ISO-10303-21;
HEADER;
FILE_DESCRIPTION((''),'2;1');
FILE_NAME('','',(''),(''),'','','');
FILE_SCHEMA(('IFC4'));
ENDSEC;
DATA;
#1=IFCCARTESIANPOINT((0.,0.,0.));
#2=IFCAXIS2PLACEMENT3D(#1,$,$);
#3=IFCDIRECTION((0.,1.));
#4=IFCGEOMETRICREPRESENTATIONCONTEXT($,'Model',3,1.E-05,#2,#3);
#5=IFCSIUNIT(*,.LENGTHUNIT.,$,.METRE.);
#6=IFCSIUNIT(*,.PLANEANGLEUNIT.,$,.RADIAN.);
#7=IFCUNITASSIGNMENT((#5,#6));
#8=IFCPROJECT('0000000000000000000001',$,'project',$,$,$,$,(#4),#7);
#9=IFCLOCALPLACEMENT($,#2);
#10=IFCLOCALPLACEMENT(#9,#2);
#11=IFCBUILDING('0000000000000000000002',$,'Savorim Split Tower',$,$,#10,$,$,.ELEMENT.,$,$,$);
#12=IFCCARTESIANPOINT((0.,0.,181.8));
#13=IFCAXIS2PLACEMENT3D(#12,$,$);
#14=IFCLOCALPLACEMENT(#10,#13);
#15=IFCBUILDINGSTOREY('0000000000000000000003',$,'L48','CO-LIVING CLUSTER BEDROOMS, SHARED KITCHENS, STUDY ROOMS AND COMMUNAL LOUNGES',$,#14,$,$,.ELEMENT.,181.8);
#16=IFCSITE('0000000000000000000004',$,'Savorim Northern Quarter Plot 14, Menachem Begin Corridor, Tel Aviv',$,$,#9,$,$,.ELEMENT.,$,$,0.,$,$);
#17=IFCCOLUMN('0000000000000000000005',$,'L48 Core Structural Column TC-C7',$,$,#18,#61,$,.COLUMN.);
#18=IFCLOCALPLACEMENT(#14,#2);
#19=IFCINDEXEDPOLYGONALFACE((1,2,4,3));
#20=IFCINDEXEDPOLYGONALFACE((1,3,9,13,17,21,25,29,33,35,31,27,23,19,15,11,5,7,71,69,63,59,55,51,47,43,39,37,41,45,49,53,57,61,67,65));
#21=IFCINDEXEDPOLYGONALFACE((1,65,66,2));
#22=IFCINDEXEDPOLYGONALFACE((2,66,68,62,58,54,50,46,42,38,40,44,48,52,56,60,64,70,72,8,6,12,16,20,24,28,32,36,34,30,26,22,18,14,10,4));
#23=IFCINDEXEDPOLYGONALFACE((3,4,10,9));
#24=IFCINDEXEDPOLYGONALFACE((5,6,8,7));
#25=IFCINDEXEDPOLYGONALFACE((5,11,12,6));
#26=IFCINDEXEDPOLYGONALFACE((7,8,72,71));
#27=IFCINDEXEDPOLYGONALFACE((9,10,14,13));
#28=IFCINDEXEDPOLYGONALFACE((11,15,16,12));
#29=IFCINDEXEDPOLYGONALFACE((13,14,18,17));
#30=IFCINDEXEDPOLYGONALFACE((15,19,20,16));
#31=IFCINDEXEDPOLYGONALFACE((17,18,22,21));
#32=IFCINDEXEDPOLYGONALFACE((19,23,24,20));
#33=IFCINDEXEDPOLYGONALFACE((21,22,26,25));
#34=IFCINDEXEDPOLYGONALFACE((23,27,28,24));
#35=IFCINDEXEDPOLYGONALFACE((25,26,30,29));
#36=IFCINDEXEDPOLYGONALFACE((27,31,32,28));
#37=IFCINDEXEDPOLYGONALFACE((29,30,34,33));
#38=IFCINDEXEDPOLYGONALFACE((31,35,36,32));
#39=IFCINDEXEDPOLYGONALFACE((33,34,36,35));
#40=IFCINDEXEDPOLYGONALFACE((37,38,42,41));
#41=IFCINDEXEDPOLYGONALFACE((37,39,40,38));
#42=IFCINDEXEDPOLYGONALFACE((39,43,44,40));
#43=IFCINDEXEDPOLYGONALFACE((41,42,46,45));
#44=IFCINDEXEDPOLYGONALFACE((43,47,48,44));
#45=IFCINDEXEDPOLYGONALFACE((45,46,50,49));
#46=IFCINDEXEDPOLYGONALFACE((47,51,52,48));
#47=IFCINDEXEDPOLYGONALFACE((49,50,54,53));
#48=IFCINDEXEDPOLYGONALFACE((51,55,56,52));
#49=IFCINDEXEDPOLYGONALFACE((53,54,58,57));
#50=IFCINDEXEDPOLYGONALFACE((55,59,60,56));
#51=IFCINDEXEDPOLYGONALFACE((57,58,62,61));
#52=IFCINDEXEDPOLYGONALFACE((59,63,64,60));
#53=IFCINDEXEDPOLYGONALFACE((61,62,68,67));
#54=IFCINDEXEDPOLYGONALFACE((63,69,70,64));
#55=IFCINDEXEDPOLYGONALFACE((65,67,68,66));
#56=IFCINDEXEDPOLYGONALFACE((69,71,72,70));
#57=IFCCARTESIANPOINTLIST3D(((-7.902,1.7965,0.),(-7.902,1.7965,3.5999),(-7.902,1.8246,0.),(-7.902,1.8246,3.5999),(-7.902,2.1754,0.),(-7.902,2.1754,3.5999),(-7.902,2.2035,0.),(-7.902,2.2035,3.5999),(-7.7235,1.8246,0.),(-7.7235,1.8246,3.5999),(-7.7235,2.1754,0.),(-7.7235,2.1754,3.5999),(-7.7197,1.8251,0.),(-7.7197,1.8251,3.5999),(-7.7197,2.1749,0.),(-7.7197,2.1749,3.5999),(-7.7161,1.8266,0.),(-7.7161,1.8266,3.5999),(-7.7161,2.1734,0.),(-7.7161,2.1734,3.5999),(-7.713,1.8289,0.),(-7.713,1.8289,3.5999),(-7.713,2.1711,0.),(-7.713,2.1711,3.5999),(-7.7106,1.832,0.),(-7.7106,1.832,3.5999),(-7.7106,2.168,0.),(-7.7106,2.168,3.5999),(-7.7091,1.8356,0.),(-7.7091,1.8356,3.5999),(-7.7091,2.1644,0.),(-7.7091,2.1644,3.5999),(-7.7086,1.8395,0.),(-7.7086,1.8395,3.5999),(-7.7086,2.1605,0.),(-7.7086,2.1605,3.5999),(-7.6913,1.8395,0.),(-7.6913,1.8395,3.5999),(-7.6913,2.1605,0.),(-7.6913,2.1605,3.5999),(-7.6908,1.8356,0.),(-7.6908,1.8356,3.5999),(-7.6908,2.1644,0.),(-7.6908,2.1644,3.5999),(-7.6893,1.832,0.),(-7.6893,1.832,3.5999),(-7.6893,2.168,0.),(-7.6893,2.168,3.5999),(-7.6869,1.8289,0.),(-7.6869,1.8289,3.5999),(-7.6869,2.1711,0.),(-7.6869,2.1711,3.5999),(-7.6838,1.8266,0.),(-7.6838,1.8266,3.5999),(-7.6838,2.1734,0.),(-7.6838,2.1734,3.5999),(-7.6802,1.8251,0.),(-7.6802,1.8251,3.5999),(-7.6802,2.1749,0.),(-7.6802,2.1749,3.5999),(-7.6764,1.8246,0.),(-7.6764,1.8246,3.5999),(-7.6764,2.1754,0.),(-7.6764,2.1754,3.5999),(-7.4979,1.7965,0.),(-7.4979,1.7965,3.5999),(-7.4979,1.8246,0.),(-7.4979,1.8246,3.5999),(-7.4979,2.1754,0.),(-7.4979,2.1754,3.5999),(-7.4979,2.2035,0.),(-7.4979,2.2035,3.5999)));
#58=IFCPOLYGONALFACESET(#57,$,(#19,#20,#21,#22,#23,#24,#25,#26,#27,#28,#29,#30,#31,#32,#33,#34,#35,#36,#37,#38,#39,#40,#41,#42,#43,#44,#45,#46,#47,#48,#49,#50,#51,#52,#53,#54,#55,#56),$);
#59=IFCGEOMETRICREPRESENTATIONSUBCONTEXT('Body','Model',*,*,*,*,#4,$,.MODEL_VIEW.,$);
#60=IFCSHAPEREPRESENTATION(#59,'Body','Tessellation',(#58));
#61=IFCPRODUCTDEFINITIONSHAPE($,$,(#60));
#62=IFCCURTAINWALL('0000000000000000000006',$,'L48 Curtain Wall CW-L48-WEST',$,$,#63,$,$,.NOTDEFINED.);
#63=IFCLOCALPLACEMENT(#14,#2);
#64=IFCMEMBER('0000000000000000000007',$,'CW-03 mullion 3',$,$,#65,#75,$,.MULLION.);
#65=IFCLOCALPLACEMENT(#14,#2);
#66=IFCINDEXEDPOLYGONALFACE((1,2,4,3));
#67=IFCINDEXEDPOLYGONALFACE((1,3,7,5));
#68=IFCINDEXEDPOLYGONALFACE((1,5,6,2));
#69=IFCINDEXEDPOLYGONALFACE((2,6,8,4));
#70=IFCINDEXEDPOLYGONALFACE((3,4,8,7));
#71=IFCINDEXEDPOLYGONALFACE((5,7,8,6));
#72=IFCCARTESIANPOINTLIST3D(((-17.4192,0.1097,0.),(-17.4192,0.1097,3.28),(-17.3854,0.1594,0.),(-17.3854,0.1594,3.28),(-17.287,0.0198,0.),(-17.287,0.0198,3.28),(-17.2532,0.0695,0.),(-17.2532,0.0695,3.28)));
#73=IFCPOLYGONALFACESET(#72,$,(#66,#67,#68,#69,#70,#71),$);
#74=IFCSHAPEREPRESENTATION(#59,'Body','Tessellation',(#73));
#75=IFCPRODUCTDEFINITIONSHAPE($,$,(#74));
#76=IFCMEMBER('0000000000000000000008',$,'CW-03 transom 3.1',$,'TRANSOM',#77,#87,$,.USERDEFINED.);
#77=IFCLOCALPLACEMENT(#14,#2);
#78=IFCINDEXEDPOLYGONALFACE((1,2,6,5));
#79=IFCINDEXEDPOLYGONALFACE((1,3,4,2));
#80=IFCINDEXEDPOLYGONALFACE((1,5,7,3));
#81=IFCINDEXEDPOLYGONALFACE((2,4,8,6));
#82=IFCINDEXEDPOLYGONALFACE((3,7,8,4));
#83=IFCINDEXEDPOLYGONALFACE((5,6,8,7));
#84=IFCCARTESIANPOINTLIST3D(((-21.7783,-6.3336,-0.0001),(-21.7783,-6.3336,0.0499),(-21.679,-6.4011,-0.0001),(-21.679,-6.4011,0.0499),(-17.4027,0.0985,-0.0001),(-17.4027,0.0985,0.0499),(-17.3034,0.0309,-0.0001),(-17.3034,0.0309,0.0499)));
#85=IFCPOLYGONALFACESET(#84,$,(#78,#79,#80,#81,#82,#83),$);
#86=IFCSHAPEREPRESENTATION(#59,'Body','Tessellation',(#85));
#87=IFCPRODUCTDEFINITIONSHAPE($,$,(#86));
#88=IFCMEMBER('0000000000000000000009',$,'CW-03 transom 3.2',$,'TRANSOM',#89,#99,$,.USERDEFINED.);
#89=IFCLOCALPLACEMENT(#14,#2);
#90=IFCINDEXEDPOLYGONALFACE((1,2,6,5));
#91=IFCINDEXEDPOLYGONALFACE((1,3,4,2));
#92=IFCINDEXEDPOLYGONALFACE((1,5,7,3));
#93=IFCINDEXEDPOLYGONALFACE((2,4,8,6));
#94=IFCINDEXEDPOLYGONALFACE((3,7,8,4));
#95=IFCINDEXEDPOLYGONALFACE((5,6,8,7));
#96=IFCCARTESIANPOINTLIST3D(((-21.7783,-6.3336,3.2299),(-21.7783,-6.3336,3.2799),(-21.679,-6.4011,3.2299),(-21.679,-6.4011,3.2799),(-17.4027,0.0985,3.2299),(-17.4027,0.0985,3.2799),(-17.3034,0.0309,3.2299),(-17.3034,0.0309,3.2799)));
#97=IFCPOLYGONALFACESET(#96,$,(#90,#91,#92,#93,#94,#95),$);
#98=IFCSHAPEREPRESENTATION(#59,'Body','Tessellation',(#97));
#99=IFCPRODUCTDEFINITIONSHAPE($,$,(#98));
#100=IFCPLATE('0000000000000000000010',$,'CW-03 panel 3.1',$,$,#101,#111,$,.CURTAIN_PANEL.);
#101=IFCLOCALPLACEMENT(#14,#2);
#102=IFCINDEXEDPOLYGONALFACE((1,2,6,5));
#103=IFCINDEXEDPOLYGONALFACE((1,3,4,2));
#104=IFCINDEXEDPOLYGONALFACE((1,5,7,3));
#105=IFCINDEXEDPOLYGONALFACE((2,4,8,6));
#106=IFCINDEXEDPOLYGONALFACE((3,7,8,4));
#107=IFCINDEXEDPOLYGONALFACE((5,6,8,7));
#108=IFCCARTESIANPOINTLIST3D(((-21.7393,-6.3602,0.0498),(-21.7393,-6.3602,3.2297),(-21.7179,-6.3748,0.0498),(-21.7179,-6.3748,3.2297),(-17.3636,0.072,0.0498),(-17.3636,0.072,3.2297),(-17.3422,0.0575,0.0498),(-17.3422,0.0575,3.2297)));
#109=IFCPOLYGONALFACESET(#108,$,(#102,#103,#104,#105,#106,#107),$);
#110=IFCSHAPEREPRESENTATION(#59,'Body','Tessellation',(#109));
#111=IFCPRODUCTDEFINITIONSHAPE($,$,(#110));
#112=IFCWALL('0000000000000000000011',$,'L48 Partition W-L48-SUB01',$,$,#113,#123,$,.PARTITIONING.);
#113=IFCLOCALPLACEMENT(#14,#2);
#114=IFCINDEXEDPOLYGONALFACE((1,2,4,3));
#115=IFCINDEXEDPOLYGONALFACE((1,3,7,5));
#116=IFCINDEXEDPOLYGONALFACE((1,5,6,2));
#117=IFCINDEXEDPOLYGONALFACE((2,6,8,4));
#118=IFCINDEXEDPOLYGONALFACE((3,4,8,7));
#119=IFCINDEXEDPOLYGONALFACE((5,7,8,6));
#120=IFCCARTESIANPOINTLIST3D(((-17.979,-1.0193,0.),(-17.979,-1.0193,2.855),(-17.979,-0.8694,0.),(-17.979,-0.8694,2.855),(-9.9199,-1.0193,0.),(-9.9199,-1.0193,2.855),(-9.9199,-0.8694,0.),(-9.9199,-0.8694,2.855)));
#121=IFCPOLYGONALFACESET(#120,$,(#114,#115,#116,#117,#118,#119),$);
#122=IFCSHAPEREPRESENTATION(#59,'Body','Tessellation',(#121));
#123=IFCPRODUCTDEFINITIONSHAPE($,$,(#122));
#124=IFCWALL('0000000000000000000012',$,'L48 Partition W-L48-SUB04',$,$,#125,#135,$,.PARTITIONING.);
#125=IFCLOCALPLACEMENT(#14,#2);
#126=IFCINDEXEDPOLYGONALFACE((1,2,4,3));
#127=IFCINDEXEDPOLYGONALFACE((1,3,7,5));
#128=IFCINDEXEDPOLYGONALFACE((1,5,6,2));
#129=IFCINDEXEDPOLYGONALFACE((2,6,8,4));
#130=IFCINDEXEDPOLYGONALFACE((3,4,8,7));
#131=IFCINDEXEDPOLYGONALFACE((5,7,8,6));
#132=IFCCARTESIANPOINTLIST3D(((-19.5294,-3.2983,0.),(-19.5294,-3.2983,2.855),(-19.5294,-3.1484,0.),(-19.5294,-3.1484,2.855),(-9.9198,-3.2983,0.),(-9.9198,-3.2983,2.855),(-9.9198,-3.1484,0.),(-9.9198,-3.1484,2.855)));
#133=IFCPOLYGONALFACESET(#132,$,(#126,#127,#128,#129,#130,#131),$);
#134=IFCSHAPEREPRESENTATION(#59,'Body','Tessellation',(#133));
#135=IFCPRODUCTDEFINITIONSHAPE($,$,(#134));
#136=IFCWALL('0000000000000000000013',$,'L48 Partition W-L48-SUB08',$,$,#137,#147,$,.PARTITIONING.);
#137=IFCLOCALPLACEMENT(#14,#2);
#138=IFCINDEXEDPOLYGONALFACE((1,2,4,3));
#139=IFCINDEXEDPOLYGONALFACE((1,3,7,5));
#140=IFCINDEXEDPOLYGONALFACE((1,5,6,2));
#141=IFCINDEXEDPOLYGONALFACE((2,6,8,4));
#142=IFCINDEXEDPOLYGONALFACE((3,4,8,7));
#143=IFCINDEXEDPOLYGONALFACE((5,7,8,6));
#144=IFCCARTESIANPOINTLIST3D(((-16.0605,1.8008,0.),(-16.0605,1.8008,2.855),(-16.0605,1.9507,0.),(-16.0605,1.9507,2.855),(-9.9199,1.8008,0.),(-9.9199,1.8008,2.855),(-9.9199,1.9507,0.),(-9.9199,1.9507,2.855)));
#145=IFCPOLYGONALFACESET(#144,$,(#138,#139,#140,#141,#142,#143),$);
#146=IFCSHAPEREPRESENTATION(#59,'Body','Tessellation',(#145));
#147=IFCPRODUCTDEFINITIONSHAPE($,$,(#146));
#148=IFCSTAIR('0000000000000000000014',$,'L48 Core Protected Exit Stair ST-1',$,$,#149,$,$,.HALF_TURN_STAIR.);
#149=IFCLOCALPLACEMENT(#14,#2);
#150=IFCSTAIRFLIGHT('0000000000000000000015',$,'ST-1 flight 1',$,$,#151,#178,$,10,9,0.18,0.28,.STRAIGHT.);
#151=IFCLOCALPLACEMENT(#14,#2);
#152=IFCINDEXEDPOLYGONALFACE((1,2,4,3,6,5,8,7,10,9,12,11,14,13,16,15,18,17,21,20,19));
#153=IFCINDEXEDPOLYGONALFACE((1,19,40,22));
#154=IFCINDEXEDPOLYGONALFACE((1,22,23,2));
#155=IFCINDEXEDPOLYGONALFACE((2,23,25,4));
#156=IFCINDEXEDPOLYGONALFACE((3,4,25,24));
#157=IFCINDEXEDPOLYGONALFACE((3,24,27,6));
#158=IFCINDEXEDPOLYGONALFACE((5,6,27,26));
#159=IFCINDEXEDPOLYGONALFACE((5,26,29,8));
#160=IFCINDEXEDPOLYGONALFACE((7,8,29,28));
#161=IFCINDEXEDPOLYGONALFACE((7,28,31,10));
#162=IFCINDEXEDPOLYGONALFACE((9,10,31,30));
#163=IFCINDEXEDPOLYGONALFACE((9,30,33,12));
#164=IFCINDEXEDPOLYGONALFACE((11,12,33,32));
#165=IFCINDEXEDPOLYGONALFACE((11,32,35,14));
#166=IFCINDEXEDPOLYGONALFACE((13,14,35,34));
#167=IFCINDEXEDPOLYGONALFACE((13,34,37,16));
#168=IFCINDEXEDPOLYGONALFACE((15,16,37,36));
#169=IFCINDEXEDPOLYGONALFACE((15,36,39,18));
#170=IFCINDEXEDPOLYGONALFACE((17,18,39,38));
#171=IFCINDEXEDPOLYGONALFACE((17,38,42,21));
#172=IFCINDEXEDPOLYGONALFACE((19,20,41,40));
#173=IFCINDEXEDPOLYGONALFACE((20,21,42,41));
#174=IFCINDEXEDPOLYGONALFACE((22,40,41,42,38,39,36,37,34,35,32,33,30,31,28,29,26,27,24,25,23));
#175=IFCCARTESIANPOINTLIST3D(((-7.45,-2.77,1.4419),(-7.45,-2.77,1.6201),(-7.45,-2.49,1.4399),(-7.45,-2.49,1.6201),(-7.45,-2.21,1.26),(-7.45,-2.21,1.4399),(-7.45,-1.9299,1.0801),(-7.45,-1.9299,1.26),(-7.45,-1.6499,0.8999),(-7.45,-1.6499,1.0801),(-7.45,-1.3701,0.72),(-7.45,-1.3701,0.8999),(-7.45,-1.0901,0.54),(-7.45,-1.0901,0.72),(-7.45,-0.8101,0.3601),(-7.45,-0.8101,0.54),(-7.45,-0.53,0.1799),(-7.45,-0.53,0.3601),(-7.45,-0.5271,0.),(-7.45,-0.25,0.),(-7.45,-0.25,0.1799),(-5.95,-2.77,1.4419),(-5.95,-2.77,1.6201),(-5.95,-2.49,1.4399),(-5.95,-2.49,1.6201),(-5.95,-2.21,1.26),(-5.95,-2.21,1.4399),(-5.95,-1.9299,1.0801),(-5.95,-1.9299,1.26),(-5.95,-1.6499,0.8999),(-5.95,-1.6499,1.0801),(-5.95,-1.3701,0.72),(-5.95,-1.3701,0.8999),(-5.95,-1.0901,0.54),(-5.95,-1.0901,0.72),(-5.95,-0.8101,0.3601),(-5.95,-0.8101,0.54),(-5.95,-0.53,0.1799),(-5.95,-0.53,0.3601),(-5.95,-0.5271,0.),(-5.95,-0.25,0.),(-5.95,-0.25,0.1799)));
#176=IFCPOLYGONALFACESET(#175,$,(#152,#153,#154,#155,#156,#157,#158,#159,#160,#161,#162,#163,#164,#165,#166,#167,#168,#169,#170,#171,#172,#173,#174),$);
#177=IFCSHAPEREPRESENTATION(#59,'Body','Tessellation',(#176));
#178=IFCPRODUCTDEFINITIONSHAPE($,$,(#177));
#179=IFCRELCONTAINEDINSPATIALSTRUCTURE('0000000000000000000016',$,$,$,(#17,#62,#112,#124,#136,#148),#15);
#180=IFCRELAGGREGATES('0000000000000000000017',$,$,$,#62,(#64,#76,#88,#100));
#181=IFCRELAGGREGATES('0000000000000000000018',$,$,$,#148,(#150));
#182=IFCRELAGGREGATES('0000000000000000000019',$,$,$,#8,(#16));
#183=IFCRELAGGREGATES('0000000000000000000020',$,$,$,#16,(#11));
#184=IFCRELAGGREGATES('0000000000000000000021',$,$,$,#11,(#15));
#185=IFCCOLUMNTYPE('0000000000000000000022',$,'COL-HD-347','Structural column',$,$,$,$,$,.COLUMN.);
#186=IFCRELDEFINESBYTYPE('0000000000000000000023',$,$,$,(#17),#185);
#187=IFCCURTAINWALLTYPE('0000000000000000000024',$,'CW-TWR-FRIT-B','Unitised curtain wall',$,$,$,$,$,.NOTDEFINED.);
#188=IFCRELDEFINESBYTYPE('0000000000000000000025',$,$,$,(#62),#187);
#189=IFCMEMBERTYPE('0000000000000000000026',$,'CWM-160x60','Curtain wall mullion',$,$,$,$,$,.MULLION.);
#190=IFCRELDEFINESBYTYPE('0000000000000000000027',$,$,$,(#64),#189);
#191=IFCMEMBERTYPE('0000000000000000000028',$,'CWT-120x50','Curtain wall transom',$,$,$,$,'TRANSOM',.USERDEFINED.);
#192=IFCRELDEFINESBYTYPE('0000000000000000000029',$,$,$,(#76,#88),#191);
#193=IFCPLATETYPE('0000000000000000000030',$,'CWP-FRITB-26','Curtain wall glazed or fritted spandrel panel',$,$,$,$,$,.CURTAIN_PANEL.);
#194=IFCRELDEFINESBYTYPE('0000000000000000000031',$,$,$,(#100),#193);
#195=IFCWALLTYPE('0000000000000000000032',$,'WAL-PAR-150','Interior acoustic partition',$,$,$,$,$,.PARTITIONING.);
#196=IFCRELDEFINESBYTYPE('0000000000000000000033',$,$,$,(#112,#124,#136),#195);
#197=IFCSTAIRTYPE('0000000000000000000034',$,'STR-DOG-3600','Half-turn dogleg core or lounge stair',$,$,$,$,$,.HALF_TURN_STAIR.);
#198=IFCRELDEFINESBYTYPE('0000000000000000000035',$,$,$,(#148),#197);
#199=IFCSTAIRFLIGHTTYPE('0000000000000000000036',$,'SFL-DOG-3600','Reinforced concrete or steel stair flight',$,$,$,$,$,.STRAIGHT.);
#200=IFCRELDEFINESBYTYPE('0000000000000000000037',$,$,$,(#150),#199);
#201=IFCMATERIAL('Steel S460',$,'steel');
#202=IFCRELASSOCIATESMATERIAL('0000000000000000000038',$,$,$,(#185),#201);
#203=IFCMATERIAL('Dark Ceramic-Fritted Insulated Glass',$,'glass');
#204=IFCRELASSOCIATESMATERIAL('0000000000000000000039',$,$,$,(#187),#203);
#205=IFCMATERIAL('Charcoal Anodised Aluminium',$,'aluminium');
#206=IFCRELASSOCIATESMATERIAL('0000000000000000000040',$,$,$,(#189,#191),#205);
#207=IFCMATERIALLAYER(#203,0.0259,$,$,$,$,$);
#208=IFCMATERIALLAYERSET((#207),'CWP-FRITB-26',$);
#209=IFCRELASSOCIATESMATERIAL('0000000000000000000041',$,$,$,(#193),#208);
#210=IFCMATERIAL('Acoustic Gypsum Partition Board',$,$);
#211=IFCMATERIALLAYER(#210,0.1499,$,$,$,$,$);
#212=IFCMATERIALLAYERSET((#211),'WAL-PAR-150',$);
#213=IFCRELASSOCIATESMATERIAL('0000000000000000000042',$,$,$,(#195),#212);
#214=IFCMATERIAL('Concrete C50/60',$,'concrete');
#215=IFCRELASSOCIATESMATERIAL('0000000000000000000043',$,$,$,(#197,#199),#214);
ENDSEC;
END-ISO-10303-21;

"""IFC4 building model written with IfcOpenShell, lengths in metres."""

from ifc_helpers import new_model, si_unit, direction, frame, frame_2d, origin, origin_2d, place, context, subcontext, project, spatial, polyline, rectangle, i_section, outline, extrude, material, layer, layer_set, material_profile, profile_set, type_object, element, aggregate, save


model = new_model("IFC4")

# Units and contexts
model_context = context("Model", 3, precision=1e-05, world=origin(), true_north=direction((0.0, 1.0)))
body_context = subcontext(model_context, "Body", "Model", "MODEL_VIEW")
ifc_project = project(units=[si_unit("LENGTHUNIT", "METRE"), si_unit("PLANEANGLEUNIT", "RADIAN")], contexts=[model_context])

# Site, building, storey
site_placement = place(None, origin())
site = spatial("IfcSite", under=ifc_project, at=site_placement, Name="Savorim Northern Quarter Plot 14, Menachem Begin Corridor, Tel Aviv", CompositionType="ELEMENT", RefElevation=0.0)
building_placement = place(site_placement, origin())
building = spatial("IfcBuilding", under=site, at=building_placement, Name="Savorim Split Tower", CompositionType="ELEMENT")
storey_placement = place(building_placement, frame((0.0, 0.0, 181.8)))
storey = spatial("IfcBuildingStorey", under=building, at=storey_placement, Name="L48", Description="CO-LIVING CLUSTER BEDROOMS, SHARED KITCHENS, STUDY ROOMS AND COMMUNAL LOUNGES", CompositionType="ELEMENT", Elevation=181.8)

# Column
ifc_material_1 = material(Name="Steel S460", Category="steel")
ifc_material_profile_1 = material_profile(ifc_material_1, i_section(OverallWidth=0.4041, OverallDepth=0.407, WebThickness=0.0173, FlangeThickness=0.0281, FilletRadius=0.0149, at=origin_2d()), Name="HD 400x347")
ifc_profile_set_1 = profile_set([ifc_material_profile_1], Name="Steel S460")
column_type = type_object("IfcColumnType", Name="COL-HD-347", Description="Structural column", PredefinedType="COLUMN", material=ifc_profile_set_1)
column_placement = place(storey_placement, frame((-7.7, 2.0, 0.0), z_axis=(0.0, 0.0, 1.0), x_axis=(1.0, 0.0, 0.0)))
element("IfcColumn", 1, at=column_placement, inside=storey, type_object=column_type, Name="L48 Core Structural Column TC-C7", PredefinedType="COLUMN", context=body_context, shape_type="SweptSolid", body=[
    extrude(i_section(OverallWidth=0.4041, OverallDepth=0.407, WebThickness=0.0173, FlangeThickness=0.0281, FilletRadius=0.0149, at=origin_2d()), origin(), (0.0, 0.0, 1.0), 3.5999),
])

# Curtain wall, members, plate
ifc_material_2 = material(Name="Dark Ceramic-Fritted Insulated Glass", Category="glass")
curtain_wall_type = type_object("IfcCurtainWallType", Name="CW-TWR-FRIT-B", Description="Unitised curtain wall", PredefinedType="NOTDEFINED", material=ifc_material_2)
curtain_wall_placement = place(storey_placement, origin())
curtain_wall = element("IfcCurtainWall", 2, at=curtain_wall_placement, inside=storey, type_object=curtain_wall_type, Name="L48 Curtain Wall CW-L48-WEST", PredefinedType="NOTDEFINED")
ifc_material_3 = material(Name="Charcoal Anodised Aluminium", Category="aluminium")
ifc_material_profile_2 = material_profile(ifc_material_3, rectangle(XDim=0.1599, YDim=0.0601, at=origin_2d()), Name="ALU-M 160x60")
ifc_profile_set_2 = profile_set([ifc_material_profile_2], Name="Charcoal Anodised Aluminium")
member_type_1 = type_object("IfcMemberType", Name="CWM-160x60", Description="Curtain wall mullion", PredefinedType="MULLION", material=ifc_profile_set_2)
member_1_placement = place(storey_placement, frame((-17.3362, 0.0896, 0.0), z_axis=(0.0, 0.0, 1.0), x_axis=(0.826819, -0.562468, 0.0)))
member_1 = element("IfcMember", 3, at=member_1_placement, type_object=member_type_1, Name="CW-03 mullion 3", PredefinedType="MULLION", context=body_context, shape_type="SweptSolid", body=[
    extrude(rectangle(XDim=0.1599, YDim=0.0601, at=origin_2d()), origin(), (0.0, 0.0, 1.0), 3.28),
])
ifc_material_profile_3 = material_profile(ifc_material_3, rectangle(XDim=0.1201, YDim=0.05, at=origin_2d()), Name="ALU-T 120x50")
ifc_profile_set_3 = profile_set([ifc_material_profile_3], Name="Charcoal Anodised Aluminium")
member_type_2 = type_object("IfcMemberType", Name="CWT-120x50", Description="Curtain wall transom", ElementType="TRANSOM", PredefinedType="USERDEFINED", material=ifc_profile_set_3)
member_2_placement = place(storey_placement, frame((-17.353, 0.0647, 0.0249), z_axis=(-0.562476, -0.826814, 0.0), x_axis=(0.826814, -0.562476, 0.0)))
member_2 = element("IfcMember", 4, at=member_2_placement, type_object=member_type_2, Name="CW-03 transom 3.1", ObjectType="TRANSOM", PredefinedType="USERDEFINED", context=body_context, shape_type="SweptSolid", body=[
    extrude(rectangle(XDim=0.1201, YDim=0.05, at=origin_2d()), origin(), (0.0, 0.0, 1.0), 7.7793),
])
member_3_placement = place(storey_placement, frame((-17.353, 0.0647, 3.2549), z_axis=(-0.562476, -0.826814, 0.0), x_axis=(0.826814, -0.562476, 0.0)))
member_3 = element("IfcMember", 5, at=member_3_placement, type_object=member_type_2, Name="CW-03 transom 3.2", ObjectType="TRANSOM", PredefinedType="USERDEFINED", context=body_context, shape_type="SweptSolid", body=[
    extrude(rectangle(XDim=0.1201, YDim=0.05, at=origin_2d()), origin(), (0.0, 0.0, 1.0), 7.7793),
])
ifc_layer_1 = layer(ifc_material_2, 0.0259)
ifc_layer_set_1 = layer_set([ifc_layer_1], Name="CWP-FRITB-26")
plate_type = type_object("IfcPlateType", Name="CWP-FRITB-26", Description="Curtain wall glazed or fritted spandrel panel", PredefinedType="CURTAIN_PANEL", material=ifc_layer_set_1)
plate_placement = place(storey_placement, frame((-19.5408, -3.1514, 0.0498), z_axis=(0.0, 0.0, 1.0), x_axis=(-0.562468, -0.826819, 0.0)))
plate = element("IfcPlate", 6, at=plate_placement, type_object=plate_type, Name="CW-03 panel 3.1", PredefinedType="CURTAIN_PANEL", context=body_context, shape_type="SweptSolid", body=[
    extrude(rectangle(XDim=7.7795, YDim=0.0259, at=origin_2d()), origin(), (0.0, 0.0, 1.0), 3.1799),
])
aggregate(curtain_wall, [member_1, member_2, member_3, plate])

# Shared definitions
ifc_material_4 = material(Name="Concrete C50/60", Category="concrete")

# Walls
ifc_material_5 = material(Name="Acoustic Gypsum Partition Board")
ifc_layer_2 = layer(ifc_material_5, 0.1499)
ifc_layer_set_2 = layer_set([ifc_layer_2], Name="WAL-PAR-150")
wall_type_1 = type_object("IfcWallType", Name="WAL-PAR-150", Description="Interior acoustic partition", PredefinedType="PARTITIONING", material=ifc_layer_set_2)
wall_1_placement = place(storey_placement, frame((-9.9199, -0.9443, 0.0), z_axis=(0.0, 0.0, 1.0), x_axis=(-1.0, 0.0, 0.0)))
element("IfcWall", 7, at=wall_1_placement, inside=storey, type_object=wall_type_1, Name="L48 Partition W-L48-SUB01", PredefinedType="PARTITIONING", context=body_context, shape_type="SweptSolid", body=[
    extrude(rectangle(XDim=8.0591, YDim=0.1499, at=frame_2d((4.0295, 0.0))), origin(), (0.0, 0.0, 1.0), 2.855),
])
wall_2_placement = place(storey_placement, frame((-9.9199, -3.2234, 0.0), z_axis=(0.0, 0.0, 1.0), x_axis=(-1.0, 0.0, 0.0)))
element("IfcWall", 8, at=wall_2_placement, inside=storey, type_object=wall_type_1, Name="L48 Partition W-L48-SUB04", PredefinedType="PARTITIONING", context=body_context, shape_type="SweptSolid", body=[
    extrude(rectangle(XDim=9.6096, YDim=0.1499, at=frame_2d((4.8047, 0.0))), origin(), (0.0, 0.0, 1.0), 2.855),
])
wall_3_placement = place(storey_placement, frame((-9.9199, 1.8757, 0.0), z_axis=(0.0, 0.0, 1.0), x_axis=(-1.0, 0.0, 0.0)))
element("IfcWall", 9, at=wall_3_placement, inside=storey, type_object=wall_type_1, Name="L48 Partition W-L48-SUB08", PredefinedType="PARTITIONING", context=body_context, shape_type="SweptSolid", body=[
    extrude(rectangle(XDim=6.1406, YDim=0.1499, at=frame_2d((3.0703, 0.0))), origin(), (0.0, 0.0, 1.0), 2.855),
])

# Stair, stair flight
stair_type = type_object("IfcStairType", Name="STR-DOG-3600", Description="Half-turn dogleg core or lounge stair", PredefinedType="HALF_TURN_STAIR", material=ifc_material_4)
stair_placement = place(storey_placement, origin())
stair = element("IfcStair", 10, at=stair_placement, inside=storey, type_object=stair_type, Name="L48 Core Protected Exit Stair ST-1", PredefinedType="HALF_TURN_STAIR")
stair_flight_type = type_object("IfcStairFlightType", Name="SFL-DOG-3600", Description="Reinforced concrete or steel stair flight", PredefinedType="STRAIGHT", material=ifc_material_4)
stair_flight_1_placement = place(storey_placement, frame((-6.7, -0.25, 0.0), z_axis=(0.0, 0.0, 1.0), x_axis=(0.0, -1.0, 0.0)))
stair_flight_1 = element("IfcStairFlight", 11, at=stair_flight_1_placement, type_object=stair_flight_type, Name="ST-1 flight 1", NumberOfRisers=10, NumberOfTreads=9, PredefinedType="STRAIGHT", RiserHeight=0.18, TreadLength=0.28, context=body_context, shape_type="SweptSolid", body=[
    extrude(outline(polyline([(0.0, 0.0), (0.0, 0.1799), (0.28, 0.1799), (0.28, 0.3601), (0.5601, 0.3601), (0.5601, 0.54), (0.8401, 0.54), (0.8401, 0.72), (1.1201, 0.72), (1.1201, 0.8999), (1.3999, 0.8999), (1.3999, 1.0801), (1.6799, 1.0801), (1.6799, 1.26), (1.96, 1.26), (1.96, 1.4399), (2.24, 1.4399), (2.24, 1.6201), (2.52, 1.6201), (2.52, 1.8), (2.52, 1.4419), (0.2771, 0.0), (0.0, 0.0)])), frame((0.0, 0.75, 0.0), z_axis=(0.0, -1.0, 0.0), x_axis=(1.0, 0.0, 0.0)), (0.0, 0.0, 1.0), 1.5),
])
aggregate(stair, [stair_flight_1])

save(model, "model.ifc")
